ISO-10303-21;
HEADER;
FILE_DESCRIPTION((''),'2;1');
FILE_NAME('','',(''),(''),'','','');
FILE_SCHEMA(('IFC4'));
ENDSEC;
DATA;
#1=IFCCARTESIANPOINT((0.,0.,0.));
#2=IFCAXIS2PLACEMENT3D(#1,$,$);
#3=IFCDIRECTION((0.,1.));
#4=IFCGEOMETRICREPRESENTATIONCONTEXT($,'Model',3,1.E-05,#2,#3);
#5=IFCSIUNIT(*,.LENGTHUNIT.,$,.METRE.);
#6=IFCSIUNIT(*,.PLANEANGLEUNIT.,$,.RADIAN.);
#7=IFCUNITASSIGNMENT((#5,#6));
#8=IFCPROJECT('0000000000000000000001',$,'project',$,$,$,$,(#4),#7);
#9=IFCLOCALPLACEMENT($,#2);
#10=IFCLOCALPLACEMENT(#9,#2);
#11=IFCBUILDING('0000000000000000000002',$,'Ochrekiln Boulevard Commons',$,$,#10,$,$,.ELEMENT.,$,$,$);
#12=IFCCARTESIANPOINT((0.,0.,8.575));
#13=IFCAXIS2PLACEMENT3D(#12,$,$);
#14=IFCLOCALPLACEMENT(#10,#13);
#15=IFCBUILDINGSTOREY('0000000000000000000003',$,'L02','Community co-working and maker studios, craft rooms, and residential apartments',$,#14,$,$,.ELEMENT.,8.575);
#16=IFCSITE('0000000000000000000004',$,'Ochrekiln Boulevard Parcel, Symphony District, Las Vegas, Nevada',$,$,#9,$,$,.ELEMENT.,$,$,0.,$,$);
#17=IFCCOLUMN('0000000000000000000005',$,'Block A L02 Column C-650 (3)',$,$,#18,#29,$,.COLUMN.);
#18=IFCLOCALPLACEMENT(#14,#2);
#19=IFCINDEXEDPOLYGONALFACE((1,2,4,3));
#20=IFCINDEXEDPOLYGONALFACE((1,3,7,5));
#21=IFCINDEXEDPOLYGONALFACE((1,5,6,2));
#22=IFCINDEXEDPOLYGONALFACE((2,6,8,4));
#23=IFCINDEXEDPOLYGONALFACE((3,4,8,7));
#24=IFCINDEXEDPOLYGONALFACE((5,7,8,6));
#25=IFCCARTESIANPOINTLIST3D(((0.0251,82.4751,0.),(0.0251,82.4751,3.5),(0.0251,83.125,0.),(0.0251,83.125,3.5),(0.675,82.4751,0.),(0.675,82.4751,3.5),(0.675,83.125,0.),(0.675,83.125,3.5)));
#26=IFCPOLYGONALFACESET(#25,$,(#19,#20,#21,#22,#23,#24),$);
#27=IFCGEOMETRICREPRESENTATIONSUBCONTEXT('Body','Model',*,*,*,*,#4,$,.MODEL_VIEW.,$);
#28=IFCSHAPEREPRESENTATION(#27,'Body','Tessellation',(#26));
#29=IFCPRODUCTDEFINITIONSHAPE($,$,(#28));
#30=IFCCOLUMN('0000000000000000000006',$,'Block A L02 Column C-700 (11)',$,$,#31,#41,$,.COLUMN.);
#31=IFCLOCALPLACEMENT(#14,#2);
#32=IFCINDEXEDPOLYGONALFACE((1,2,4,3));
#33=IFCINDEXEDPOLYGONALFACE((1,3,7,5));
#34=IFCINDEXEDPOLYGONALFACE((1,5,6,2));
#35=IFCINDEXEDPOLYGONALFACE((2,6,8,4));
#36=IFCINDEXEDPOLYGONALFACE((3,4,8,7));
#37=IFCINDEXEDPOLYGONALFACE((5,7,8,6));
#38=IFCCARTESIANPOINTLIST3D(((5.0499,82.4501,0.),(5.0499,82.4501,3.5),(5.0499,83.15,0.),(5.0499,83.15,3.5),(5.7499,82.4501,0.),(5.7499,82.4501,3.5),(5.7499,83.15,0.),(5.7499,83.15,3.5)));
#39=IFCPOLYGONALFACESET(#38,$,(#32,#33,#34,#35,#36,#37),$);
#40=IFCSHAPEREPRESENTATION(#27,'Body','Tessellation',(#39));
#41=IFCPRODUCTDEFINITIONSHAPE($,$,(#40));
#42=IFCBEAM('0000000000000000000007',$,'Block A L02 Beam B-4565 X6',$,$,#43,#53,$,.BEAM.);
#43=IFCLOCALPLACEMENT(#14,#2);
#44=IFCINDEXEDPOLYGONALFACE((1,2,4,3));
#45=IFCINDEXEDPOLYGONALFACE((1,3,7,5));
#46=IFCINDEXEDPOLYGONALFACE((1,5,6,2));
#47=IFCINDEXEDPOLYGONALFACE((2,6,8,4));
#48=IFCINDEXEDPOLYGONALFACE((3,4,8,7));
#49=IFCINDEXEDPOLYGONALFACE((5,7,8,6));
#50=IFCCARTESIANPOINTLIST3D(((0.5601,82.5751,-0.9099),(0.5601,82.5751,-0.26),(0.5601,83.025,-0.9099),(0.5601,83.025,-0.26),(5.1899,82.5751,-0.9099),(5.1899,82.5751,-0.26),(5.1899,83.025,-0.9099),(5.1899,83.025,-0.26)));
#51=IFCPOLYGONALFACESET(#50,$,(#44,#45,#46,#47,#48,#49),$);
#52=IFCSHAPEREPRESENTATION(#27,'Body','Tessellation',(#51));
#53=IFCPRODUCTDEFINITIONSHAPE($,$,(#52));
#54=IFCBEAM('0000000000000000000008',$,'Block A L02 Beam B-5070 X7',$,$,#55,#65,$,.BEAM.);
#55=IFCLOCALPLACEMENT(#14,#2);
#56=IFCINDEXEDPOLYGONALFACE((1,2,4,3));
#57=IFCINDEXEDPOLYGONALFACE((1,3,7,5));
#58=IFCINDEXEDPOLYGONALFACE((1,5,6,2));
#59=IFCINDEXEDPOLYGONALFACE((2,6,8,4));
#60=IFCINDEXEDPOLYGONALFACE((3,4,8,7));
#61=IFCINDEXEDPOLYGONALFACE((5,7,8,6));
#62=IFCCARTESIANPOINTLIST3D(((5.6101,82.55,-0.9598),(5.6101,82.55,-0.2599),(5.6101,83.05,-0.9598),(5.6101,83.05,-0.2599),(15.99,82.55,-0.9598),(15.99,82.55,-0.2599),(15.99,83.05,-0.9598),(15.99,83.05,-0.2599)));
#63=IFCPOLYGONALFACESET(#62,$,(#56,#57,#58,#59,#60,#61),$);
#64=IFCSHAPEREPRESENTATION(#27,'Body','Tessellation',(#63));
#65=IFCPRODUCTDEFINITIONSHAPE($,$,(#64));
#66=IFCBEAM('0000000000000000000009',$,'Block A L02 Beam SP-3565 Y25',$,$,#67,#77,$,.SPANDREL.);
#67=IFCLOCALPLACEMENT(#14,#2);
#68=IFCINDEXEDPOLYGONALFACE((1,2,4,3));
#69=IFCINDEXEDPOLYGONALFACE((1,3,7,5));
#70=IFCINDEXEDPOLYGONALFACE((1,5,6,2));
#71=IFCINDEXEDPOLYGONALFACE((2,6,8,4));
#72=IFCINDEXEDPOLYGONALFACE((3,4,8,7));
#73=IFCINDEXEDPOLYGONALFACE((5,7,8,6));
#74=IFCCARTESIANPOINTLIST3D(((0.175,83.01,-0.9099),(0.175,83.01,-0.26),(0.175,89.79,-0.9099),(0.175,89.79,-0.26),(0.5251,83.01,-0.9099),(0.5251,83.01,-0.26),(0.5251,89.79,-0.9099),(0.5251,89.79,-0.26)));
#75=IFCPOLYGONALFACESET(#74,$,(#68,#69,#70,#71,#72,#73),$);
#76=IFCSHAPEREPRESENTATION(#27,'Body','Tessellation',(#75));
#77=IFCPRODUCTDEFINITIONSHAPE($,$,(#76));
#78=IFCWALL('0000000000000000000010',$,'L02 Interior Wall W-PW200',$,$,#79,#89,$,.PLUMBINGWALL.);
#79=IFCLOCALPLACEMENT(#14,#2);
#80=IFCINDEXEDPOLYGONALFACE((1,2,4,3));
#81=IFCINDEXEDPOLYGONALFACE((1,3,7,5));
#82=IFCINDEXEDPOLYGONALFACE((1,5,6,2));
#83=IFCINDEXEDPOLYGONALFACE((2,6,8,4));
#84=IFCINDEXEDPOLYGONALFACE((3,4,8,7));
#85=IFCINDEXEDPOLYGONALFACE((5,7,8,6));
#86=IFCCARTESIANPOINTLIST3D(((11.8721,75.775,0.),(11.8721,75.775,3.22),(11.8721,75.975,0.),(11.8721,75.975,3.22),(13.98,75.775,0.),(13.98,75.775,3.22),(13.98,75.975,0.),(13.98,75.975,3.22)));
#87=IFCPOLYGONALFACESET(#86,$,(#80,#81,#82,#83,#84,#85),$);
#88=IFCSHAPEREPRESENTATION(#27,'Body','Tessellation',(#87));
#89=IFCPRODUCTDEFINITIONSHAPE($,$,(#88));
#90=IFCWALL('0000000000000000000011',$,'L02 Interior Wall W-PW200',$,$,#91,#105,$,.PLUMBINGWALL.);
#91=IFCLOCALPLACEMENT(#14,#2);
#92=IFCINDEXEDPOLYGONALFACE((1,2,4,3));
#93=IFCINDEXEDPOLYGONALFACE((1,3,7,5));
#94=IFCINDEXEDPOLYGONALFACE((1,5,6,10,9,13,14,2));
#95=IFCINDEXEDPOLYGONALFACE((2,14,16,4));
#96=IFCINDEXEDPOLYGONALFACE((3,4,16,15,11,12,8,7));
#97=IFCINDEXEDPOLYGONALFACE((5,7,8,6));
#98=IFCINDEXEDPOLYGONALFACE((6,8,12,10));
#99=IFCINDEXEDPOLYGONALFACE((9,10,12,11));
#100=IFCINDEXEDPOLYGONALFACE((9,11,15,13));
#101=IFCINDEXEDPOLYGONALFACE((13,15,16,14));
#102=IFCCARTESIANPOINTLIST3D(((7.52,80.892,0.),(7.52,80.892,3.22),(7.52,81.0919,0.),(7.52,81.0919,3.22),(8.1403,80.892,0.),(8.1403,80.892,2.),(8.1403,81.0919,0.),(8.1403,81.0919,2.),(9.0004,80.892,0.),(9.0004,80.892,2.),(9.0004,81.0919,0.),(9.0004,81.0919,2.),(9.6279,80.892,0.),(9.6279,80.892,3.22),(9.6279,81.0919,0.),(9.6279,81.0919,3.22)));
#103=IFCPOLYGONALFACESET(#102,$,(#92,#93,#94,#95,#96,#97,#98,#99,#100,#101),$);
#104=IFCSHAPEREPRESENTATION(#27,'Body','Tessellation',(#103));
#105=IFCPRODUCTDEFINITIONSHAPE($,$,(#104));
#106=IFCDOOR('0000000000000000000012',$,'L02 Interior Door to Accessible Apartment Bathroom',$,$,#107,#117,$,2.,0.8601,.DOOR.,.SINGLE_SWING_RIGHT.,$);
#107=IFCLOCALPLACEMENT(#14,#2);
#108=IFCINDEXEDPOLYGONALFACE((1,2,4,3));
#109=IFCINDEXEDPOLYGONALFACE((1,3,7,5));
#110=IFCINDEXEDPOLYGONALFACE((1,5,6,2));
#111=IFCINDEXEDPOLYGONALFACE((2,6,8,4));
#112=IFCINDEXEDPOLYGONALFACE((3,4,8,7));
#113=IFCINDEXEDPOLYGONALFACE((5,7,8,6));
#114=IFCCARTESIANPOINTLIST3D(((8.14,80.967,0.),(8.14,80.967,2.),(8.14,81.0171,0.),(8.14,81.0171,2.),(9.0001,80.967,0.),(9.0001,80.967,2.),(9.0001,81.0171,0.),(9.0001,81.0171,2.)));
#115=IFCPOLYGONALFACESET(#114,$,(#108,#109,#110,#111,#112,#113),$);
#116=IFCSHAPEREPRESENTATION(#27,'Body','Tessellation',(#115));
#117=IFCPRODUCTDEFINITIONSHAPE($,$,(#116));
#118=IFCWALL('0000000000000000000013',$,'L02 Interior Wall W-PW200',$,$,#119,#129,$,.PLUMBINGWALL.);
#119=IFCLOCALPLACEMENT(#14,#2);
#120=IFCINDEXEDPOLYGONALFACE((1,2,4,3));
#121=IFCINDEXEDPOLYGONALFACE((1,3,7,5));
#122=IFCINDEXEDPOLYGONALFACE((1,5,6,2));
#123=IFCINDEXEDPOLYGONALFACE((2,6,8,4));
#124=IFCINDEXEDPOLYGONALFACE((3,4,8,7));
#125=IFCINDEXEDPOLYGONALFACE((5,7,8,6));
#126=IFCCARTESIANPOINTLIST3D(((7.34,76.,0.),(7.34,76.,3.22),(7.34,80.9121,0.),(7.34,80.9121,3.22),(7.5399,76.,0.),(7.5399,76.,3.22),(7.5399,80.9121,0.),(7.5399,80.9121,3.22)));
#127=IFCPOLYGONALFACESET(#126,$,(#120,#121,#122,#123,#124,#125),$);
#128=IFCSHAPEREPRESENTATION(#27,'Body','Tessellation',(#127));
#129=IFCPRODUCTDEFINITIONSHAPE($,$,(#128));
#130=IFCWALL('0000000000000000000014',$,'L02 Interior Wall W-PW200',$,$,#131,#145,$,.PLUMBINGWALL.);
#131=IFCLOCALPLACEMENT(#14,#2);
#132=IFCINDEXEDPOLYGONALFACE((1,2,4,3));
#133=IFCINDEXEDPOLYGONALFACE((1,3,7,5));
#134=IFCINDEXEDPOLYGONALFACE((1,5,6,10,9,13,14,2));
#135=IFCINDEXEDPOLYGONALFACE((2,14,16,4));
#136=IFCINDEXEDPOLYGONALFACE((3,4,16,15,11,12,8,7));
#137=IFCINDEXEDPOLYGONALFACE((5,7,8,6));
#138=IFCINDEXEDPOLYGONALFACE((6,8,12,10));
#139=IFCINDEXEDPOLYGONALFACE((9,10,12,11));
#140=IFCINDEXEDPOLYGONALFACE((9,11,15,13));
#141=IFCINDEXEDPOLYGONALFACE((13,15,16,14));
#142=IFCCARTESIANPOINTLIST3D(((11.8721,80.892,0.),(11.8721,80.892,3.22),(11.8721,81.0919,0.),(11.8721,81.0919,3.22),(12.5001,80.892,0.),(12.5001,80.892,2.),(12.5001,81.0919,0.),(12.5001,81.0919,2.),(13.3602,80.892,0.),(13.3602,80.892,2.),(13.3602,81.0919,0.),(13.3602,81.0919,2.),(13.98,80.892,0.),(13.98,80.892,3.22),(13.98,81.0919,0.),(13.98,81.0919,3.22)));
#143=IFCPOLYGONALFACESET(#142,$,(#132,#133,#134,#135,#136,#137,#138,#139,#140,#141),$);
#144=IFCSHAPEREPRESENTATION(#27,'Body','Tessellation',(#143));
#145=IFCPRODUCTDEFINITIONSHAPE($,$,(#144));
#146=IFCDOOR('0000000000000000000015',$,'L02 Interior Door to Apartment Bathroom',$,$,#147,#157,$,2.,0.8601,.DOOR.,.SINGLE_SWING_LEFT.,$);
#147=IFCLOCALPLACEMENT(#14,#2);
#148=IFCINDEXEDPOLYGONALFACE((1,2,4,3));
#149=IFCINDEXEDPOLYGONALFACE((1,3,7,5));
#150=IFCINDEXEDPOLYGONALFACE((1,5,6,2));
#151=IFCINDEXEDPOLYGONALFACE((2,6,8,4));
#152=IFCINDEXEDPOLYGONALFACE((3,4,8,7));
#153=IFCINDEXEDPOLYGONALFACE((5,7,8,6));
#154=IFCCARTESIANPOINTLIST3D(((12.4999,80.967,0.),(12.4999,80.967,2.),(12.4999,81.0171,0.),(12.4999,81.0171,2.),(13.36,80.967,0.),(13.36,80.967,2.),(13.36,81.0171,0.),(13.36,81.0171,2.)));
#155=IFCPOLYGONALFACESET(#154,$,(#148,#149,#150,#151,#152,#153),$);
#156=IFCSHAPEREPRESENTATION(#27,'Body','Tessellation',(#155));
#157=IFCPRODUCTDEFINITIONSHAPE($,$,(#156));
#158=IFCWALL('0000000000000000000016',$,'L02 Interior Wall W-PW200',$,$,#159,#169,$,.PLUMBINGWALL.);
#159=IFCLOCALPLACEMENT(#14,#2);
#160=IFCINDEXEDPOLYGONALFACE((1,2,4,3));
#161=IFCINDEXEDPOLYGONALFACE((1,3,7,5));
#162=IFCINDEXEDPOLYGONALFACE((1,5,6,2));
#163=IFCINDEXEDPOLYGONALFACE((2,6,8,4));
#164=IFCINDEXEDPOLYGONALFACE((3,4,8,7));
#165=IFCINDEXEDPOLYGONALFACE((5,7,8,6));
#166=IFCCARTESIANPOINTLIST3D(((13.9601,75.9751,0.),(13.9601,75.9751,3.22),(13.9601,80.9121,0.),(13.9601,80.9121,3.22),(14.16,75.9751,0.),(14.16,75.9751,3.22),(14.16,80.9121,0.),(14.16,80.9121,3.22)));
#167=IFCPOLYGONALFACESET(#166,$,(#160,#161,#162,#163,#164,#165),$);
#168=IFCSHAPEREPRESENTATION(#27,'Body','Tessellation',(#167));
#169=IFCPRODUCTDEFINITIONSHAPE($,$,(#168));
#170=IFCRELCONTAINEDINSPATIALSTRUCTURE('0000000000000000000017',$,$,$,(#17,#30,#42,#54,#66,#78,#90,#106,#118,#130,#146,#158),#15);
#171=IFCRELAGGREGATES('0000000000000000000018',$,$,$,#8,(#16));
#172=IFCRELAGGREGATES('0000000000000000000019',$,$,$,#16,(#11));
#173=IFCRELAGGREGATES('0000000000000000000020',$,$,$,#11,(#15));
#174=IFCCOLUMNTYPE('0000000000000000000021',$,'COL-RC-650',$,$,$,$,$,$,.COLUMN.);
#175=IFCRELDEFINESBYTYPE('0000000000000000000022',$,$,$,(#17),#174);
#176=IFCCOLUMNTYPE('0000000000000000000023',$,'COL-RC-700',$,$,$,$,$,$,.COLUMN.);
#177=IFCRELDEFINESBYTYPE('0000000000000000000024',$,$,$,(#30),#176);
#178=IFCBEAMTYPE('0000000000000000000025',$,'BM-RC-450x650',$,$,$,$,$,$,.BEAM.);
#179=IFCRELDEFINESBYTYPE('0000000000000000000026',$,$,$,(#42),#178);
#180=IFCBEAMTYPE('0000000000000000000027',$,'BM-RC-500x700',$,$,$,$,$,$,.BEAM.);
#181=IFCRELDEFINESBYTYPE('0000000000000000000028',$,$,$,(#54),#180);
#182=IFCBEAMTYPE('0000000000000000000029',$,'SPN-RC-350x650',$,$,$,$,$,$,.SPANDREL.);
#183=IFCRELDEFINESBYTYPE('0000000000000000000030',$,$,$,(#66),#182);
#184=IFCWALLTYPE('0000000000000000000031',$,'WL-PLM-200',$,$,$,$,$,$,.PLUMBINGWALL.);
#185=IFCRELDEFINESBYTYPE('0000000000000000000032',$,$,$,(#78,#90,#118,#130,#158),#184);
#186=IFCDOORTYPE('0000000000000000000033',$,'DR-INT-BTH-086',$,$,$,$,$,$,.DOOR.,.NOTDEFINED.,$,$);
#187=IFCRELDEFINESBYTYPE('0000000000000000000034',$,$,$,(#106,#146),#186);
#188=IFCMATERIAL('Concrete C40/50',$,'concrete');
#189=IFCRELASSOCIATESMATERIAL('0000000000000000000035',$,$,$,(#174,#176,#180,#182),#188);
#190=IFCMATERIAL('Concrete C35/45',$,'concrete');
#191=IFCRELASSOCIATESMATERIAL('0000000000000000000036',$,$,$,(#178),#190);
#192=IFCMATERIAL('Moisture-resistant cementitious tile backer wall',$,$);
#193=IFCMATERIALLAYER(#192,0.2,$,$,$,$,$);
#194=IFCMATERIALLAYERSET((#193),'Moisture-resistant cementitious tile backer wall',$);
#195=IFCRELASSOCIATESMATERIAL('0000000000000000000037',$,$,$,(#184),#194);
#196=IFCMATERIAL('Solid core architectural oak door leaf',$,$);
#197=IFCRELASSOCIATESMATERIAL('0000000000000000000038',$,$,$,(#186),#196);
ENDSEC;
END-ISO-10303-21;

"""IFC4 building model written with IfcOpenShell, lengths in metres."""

from ifc_helpers import new_model, si_unit, direction, frame, frame_2d, origin, origin_2d, place, context, subcontext, project, spatial, rectangle, extrude, material, layer, layer_set, material_profile, profile_set, type_object, element, fill, save


model = new_model("IFC4")

# Units and contexts
model_context = context("Model", 3, precision=1e-05, world=origin(), true_north=direction((0.0, 1.0)))
body_context = subcontext(model_context, "Body", "Model", "MODEL_VIEW")
ifc_project = project(units=[si_unit("LENGTHUNIT", "METRE"), si_unit("PLANEANGLEUNIT", "RADIAN")], contexts=[model_context])

# Site, building, storey
site_placement = place(None, origin())
site = spatial("IfcSite", under=ifc_project, at=site_placement, Name="Ochrekiln Boulevard Parcel, Symphony District, Las Vegas, Nevada", CompositionType="ELEMENT", RefElevation=0.0)
building_placement = place(site_placement, origin())
building = spatial("IfcBuilding", under=site, at=building_placement, Name="Ochrekiln Boulevard Commons", CompositionType="ELEMENT")
storey_placement = place(building_placement, frame((0.0, 0.0, 8.575)))
storey = spatial("IfcBuildingStorey", under=building, at=storey_placement, Name="L02", Description="Community co-working and maker studios, craft rooms, and residential apartments", CompositionType="ELEMENT", Elevation=8.575)

# Columns
ifc_material_1 = material(Name="Concrete C40/50", Category="concrete")
ifc_material_profile_1 = material_profile(ifc_material_1, rectangle(XDim=0.6499, YDim=0.6499, at=origin_2d()), Name="RC-COL-650x650")
ifc_profile_set_1 = profile_set([ifc_material_profile_1], Name="Concrete C40/50")
column_type_1 = type_object("IfcColumnType", Name="COL-RC-650", PredefinedType="COLUMN", material=ifc_profile_set_1)
column_1_placement = place(storey_placement, frame((0.3501, 82.8, 0.0), z_axis=(0.0, 0.0, 1.0), x_axis=(1.0, 0.0, 0.0)))
element("IfcColumn", 1, at=column_1_placement, inside=storey, type_object=column_type_1, Name="Block A L02 Column C-650 (3)", PredefinedType="COLUMN", context=body_context, shape_type="SweptSolid", body=[
    extrude(rectangle(XDim=0.6499, YDim=0.6499, at=origin_2d()), origin(), (0.0, 0.0, 1.0), 3.5),
])
ifc_material_profile_2 = material_profile(ifc_material_1, rectangle(XDim=0.7, YDim=0.7, at=origin_2d()), Name="RC-COL-700x700")
ifc_profile_set_2 = profile_set([ifc_material_profile_2], Name="Concrete C40/50")
column_type_2 = type_object("IfcColumnType", Name="COL-RC-700", PredefinedType="COLUMN", material=ifc_profile_set_2)
column_2_placement = place(storey_placement, frame((5.3999, 82.8, 0.0), z_axis=(0.0, 0.0, 1.0), x_axis=(1.0, 0.0, 0.0)))
element("IfcColumn", 2, at=column_2_placement, inside=storey, type_object=column_type_2, Name="Block A L02 Column C-700 (11)", PredefinedType="COLUMN", context=body_context, shape_type="SweptSolid", body=[
    extrude(rectangle(XDim=0.7, YDim=0.7, at=origin_2d()), origin(), (0.0, 0.0, 1.0), 3.5),
])

# Beams
ifc_material_2 = material(Name="Concrete C35/45", Category="concrete")
ifc_material_profile_3 = material_profile(ifc_material_2, rectangle(XDim=0.45, YDim=0.6499, at=origin_2d()), Name="RC-BM-450x650")
ifc_profile_set_3 = profile_set([ifc_material_profile_3], Name="Concrete C35/45")
beam_type_1 = type_object("IfcBeamType", Name="BM-RC-450x650", PredefinedType="BEAM", material=ifc_profile_set_3)
beam_1_placement = place(storey_placement, frame((0.5601, 82.8, -0.585), z_axis=(1.0, 0.0, 0.0), x_axis=(0.0, 1.0, 0.0)))
element("IfcBeam", 3, at=beam_1_placement, inside=storey, type_object=beam_type_1, Name="Block A L02 Beam B-4565 X6", PredefinedType="BEAM", context=body_context, shape_type="SweptSolid", body=[
    extrude(rectangle(XDim=0.45, YDim=0.6499, at=origin_2d()), origin(), (0.0, 0.0, 1.0), 4.6299),
])
ifc_material_profile_4 = material_profile(ifc_material_1, rectangle(XDim=0.5, YDim=0.7, at=origin_2d()), Name="RC-BM-500x700")
ifc_profile_set_4 = profile_set([ifc_material_profile_4], Name="Concrete C40/50")
beam_type_2 = type_object("IfcBeamType", Name="BM-RC-500x700", PredefinedType="BEAM", material=ifc_profile_set_4)
beam_2_placement = place(storey_placement, frame((5.6101, 82.8, -0.6099), z_axis=(1.0, 0.0, 0.0), x_axis=(0.0, 1.0, 0.0)))
element("IfcBeam", 4, at=beam_2_placement, inside=storey, type_object=beam_type_2, Name="Block A L02 Beam B-5070 X7", PredefinedType="BEAM", context=body_context, shape_type="SweptSolid", body=[
    extrude(rectangle(XDim=0.5, YDim=0.7, at=origin_2d()), origin(), (0.0, 0.0, 1.0), 10.3799),
])
ifc_material_profile_5 = material_profile(ifc_material_1, rectangle(XDim=0.3501, YDim=0.6499, at=origin_2d()), Name="RC-SPN-350x650")
ifc_profile_set_5 = profile_set([ifc_material_profile_5], Name="Concrete C40/50")
beam_type_3 = type_object("IfcBeamType", Name="SPN-RC-350x650", PredefinedType="SPANDREL", material=ifc_profile_set_5)
beam_3_placement = place(storey_placement, frame((0.3501, 83.01, -0.585), z_axis=(0.0, 1.0, 0.0), x_axis=(-1.0, 0.0, 0.0)))
element("IfcBeam", 5, at=beam_3_placement, inside=storey, type_object=beam_type_3, Name="Block A L02 Beam SP-3565 Y25", PredefinedType="SPANDREL", context=body_context, shape_type="SweptSolid", body=[
    extrude(rectangle(XDim=0.3501, YDim=0.6499, at=origin_2d()), origin(), (0.0, 0.0, 1.0), 6.78),
])

# Wall
ifc_material_3 = material(Name="Moisture-resistant cementitious tile backer wall")
ifc_layer_1 = layer(ifc_material_3, 0.2)
ifc_layer_set_1 = layer_set([ifc_layer_1], Name="Moisture-resistant cementitious tile backer wall")
wall_type_1 = type_object("IfcWallType", Name="WL-PLM-200", PredefinedType="PLUMBINGWALL", material=ifc_layer_set_1)
wall_1_placement = place(storey_placement, frame((11.8721, 75.875, 0.0), z_axis=(0.0, 0.0, 1.0), x_axis=(1.0, 0.0, 0.0)))
element("IfcWall", 6, at=wall_1_placement, inside=storey, type_object=wall_type_1, Name="L02 Interior Wall W-PW200", PredefinedType="PLUMBINGWALL", context=body_context, shape_type="SweptSolid", body=[
    extrude(rectangle(XDim=2.1079, YDim=0.2, at=frame_2d((1.054, 0.0))), origin(), (0.0, 0.0, 1.0), 3.22),
])

# Wall, opening, door
wall_2_placement = place(storey_placement, frame((7.52, 80.9919, 0.0), z_axis=(0.0, 0.0, 1.0), x_axis=(1.0, 0.0, 0.0)))
wall_2 = element("IfcWall", 7, at=wall_2_placement, inside=storey, type_object=wall_type_1, Name="L02 Interior Wall W-PW200", PredefinedType="PLUMBINGWALL", context=body_context, shape_type="SweptSolid", body=[
    extrude(rectangle(XDim=2.1079, YDim=0.2, at=frame_2d((1.054, 0.0))), origin(), (0.0, 0.0, 1.0), 3.22),
])
opening_1_placement = place(wall_2_placement, frame((0.6201, 0.0, 0.0)))
opening_1 = element("IfcOpeningElement", 8, at=opening_1_placement, cuts=wall_2, PredefinedType="OPENING", context=body_context, shape_type="SweptSolid", body=[
    extrude(rectangle(XDim=0.8601, YDim=2.0, at=frame_2d((0.4302, 1.0))), frame((0.0, 0.1099, 0.0), z_axis=(0.0, -1.0, 0.0), x_axis=(1.0, 0.0, 0.0)), (0.0, 0.0, 1.0), 0.22),
])
ifc_material_4 = material(Name="Solid core architectural oak door leaf")
door_type_1 = type_object("IfcDoorType", Name="DR-INT-BTH-086", OperationType="NOTDEFINED", PredefinedType="DOOR", material=ifc_material_4)
door_1_placement = place(opening_1_placement, frame((0.8601, 0.0, 0.0), z_axis=(0.0, 0.0, 1.0), x_axis=(-1.0, 0.0, 0.0)))
door_1 = element("IfcDoor", 9, at=door_1_placement, inside=storey, type_object=door_type_1, Name="L02 Interior Door to Accessible Apartment Bathroom", OperationType="SINGLE_SWING_RIGHT", OverallHeight=2.0, OverallWidth=0.8601, PredefinedType="DOOR", context=body_context, shape_type="SweptSolid", body=[
    extrude(rectangle(XDim=0.8601, YDim=2.0, at=frame_2d((0.4302, 1.0))), frame((0.0, 0.0249, 0.0), z_axis=(0.0, -1.0, 0.0), x_axis=(1.0, 0.0, 0.0)), (0.0, 0.0, 1.0), 0.05),
])
fill(opening_1, door_1)

# Wall
wall_3_placement = place(storey_placement, frame((7.4399, 76.0, 0.0), z_axis=(0.0, 0.0, 1.0), x_axis=(0.0, 1.0, 0.0)))
element("IfcWall", 10, at=wall_3_placement, inside=storey, type_object=wall_type_1, Name="L02 Interior Wall W-PW200", PredefinedType="PLUMBINGWALL", context=body_context, shape_type="SweptSolid", body=[
    extrude(rectangle(XDim=4.9121, YDim=0.2, at=frame_2d((2.4561, 0.0))), origin(), (0.0, 0.0, 1.0), 3.22),
])

# Wall, opening, door
wall_4_placement = place(storey_placement, frame((11.8721, 80.9919, 0.0), z_axis=(0.0, 0.0, 1.0), x_axis=(1.0, 0.0, 0.0)))
wall_4 = element("IfcWall", 11, at=wall_4_placement, inside=storey, type_object=wall_type_1, Name="L02 Interior Wall W-PW200", PredefinedType="PLUMBINGWALL", context=body_context, shape_type="SweptSolid", body=[
    extrude(rectangle(XDim=2.1079, YDim=0.2, at=frame_2d((1.054, 0.0))), origin(), (0.0, 0.0, 1.0), 3.22),
])
opening_2_placement = place(wall_4_placement, frame((0.6279, 0.0, 0.0)))
opening_2 = element("IfcOpeningElement", 12, at=opening_2_placement, cuts=wall_4, PredefinedType="OPENING", context=body_context, shape_type="SweptSolid", body=[
    extrude(rectangle(XDim=0.8601, YDim=2.0, at=frame_2d((0.4302, 1.0))), frame((0.0, 0.1099, 0.0), z_axis=(0.0, -1.0, 0.0), x_axis=(1.0, 0.0, 0.0)), (0.0, 0.0, 1.0), 0.22),
])
door_2_placement = place(opening_2_placement, frame((0.8601, 0.0, 0.0), z_axis=(0.0, 0.0, 1.0), x_axis=(-1.0, 0.0, 0.0)))
door_2 = element("IfcDoor", 13, at=door_2_placement, inside=storey, type_object=door_type_1, Name="L02 Interior Door to Apartment Bathroom", OperationType="SINGLE_SWING_LEFT", OverallHeight=2.0, OverallWidth=0.8601, PredefinedType="DOOR", context=body_context, shape_type="SweptSolid", body=[
    extrude(rectangle(XDim=0.8601, YDim=2.0, at=frame_2d((0.4302, 1.0))), frame((0.0, 0.0249, 0.0), z_axis=(0.0, -1.0, 0.0), x_axis=(1.0, 0.0, 0.0)), (0.0, 0.0, 1.0), 0.05),
])
fill(opening_2, door_2)

# Wall
wall_5_placement = place(storey_placement, frame((14.0601, 75.9751, 0.0), z_axis=(0.0, 0.0, 1.0), x_axis=(0.0, 1.0, 0.0)))
element("IfcWall", 14, at=wall_5_placement, inside=storey, type_object=wall_type_1, Name="L02 Interior Wall W-PW200", PredefinedType="PLUMBINGWALL", context=body_context, shape_type="SweptSolid", body=[
    extrude(rectangle(XDim=4.937, YDim=0.2, at=frame_2d((2.4685, 0.0))), origin(), (0.0, 0.0, 1.0), 3.22),
])

save(model, "model.ifc")
